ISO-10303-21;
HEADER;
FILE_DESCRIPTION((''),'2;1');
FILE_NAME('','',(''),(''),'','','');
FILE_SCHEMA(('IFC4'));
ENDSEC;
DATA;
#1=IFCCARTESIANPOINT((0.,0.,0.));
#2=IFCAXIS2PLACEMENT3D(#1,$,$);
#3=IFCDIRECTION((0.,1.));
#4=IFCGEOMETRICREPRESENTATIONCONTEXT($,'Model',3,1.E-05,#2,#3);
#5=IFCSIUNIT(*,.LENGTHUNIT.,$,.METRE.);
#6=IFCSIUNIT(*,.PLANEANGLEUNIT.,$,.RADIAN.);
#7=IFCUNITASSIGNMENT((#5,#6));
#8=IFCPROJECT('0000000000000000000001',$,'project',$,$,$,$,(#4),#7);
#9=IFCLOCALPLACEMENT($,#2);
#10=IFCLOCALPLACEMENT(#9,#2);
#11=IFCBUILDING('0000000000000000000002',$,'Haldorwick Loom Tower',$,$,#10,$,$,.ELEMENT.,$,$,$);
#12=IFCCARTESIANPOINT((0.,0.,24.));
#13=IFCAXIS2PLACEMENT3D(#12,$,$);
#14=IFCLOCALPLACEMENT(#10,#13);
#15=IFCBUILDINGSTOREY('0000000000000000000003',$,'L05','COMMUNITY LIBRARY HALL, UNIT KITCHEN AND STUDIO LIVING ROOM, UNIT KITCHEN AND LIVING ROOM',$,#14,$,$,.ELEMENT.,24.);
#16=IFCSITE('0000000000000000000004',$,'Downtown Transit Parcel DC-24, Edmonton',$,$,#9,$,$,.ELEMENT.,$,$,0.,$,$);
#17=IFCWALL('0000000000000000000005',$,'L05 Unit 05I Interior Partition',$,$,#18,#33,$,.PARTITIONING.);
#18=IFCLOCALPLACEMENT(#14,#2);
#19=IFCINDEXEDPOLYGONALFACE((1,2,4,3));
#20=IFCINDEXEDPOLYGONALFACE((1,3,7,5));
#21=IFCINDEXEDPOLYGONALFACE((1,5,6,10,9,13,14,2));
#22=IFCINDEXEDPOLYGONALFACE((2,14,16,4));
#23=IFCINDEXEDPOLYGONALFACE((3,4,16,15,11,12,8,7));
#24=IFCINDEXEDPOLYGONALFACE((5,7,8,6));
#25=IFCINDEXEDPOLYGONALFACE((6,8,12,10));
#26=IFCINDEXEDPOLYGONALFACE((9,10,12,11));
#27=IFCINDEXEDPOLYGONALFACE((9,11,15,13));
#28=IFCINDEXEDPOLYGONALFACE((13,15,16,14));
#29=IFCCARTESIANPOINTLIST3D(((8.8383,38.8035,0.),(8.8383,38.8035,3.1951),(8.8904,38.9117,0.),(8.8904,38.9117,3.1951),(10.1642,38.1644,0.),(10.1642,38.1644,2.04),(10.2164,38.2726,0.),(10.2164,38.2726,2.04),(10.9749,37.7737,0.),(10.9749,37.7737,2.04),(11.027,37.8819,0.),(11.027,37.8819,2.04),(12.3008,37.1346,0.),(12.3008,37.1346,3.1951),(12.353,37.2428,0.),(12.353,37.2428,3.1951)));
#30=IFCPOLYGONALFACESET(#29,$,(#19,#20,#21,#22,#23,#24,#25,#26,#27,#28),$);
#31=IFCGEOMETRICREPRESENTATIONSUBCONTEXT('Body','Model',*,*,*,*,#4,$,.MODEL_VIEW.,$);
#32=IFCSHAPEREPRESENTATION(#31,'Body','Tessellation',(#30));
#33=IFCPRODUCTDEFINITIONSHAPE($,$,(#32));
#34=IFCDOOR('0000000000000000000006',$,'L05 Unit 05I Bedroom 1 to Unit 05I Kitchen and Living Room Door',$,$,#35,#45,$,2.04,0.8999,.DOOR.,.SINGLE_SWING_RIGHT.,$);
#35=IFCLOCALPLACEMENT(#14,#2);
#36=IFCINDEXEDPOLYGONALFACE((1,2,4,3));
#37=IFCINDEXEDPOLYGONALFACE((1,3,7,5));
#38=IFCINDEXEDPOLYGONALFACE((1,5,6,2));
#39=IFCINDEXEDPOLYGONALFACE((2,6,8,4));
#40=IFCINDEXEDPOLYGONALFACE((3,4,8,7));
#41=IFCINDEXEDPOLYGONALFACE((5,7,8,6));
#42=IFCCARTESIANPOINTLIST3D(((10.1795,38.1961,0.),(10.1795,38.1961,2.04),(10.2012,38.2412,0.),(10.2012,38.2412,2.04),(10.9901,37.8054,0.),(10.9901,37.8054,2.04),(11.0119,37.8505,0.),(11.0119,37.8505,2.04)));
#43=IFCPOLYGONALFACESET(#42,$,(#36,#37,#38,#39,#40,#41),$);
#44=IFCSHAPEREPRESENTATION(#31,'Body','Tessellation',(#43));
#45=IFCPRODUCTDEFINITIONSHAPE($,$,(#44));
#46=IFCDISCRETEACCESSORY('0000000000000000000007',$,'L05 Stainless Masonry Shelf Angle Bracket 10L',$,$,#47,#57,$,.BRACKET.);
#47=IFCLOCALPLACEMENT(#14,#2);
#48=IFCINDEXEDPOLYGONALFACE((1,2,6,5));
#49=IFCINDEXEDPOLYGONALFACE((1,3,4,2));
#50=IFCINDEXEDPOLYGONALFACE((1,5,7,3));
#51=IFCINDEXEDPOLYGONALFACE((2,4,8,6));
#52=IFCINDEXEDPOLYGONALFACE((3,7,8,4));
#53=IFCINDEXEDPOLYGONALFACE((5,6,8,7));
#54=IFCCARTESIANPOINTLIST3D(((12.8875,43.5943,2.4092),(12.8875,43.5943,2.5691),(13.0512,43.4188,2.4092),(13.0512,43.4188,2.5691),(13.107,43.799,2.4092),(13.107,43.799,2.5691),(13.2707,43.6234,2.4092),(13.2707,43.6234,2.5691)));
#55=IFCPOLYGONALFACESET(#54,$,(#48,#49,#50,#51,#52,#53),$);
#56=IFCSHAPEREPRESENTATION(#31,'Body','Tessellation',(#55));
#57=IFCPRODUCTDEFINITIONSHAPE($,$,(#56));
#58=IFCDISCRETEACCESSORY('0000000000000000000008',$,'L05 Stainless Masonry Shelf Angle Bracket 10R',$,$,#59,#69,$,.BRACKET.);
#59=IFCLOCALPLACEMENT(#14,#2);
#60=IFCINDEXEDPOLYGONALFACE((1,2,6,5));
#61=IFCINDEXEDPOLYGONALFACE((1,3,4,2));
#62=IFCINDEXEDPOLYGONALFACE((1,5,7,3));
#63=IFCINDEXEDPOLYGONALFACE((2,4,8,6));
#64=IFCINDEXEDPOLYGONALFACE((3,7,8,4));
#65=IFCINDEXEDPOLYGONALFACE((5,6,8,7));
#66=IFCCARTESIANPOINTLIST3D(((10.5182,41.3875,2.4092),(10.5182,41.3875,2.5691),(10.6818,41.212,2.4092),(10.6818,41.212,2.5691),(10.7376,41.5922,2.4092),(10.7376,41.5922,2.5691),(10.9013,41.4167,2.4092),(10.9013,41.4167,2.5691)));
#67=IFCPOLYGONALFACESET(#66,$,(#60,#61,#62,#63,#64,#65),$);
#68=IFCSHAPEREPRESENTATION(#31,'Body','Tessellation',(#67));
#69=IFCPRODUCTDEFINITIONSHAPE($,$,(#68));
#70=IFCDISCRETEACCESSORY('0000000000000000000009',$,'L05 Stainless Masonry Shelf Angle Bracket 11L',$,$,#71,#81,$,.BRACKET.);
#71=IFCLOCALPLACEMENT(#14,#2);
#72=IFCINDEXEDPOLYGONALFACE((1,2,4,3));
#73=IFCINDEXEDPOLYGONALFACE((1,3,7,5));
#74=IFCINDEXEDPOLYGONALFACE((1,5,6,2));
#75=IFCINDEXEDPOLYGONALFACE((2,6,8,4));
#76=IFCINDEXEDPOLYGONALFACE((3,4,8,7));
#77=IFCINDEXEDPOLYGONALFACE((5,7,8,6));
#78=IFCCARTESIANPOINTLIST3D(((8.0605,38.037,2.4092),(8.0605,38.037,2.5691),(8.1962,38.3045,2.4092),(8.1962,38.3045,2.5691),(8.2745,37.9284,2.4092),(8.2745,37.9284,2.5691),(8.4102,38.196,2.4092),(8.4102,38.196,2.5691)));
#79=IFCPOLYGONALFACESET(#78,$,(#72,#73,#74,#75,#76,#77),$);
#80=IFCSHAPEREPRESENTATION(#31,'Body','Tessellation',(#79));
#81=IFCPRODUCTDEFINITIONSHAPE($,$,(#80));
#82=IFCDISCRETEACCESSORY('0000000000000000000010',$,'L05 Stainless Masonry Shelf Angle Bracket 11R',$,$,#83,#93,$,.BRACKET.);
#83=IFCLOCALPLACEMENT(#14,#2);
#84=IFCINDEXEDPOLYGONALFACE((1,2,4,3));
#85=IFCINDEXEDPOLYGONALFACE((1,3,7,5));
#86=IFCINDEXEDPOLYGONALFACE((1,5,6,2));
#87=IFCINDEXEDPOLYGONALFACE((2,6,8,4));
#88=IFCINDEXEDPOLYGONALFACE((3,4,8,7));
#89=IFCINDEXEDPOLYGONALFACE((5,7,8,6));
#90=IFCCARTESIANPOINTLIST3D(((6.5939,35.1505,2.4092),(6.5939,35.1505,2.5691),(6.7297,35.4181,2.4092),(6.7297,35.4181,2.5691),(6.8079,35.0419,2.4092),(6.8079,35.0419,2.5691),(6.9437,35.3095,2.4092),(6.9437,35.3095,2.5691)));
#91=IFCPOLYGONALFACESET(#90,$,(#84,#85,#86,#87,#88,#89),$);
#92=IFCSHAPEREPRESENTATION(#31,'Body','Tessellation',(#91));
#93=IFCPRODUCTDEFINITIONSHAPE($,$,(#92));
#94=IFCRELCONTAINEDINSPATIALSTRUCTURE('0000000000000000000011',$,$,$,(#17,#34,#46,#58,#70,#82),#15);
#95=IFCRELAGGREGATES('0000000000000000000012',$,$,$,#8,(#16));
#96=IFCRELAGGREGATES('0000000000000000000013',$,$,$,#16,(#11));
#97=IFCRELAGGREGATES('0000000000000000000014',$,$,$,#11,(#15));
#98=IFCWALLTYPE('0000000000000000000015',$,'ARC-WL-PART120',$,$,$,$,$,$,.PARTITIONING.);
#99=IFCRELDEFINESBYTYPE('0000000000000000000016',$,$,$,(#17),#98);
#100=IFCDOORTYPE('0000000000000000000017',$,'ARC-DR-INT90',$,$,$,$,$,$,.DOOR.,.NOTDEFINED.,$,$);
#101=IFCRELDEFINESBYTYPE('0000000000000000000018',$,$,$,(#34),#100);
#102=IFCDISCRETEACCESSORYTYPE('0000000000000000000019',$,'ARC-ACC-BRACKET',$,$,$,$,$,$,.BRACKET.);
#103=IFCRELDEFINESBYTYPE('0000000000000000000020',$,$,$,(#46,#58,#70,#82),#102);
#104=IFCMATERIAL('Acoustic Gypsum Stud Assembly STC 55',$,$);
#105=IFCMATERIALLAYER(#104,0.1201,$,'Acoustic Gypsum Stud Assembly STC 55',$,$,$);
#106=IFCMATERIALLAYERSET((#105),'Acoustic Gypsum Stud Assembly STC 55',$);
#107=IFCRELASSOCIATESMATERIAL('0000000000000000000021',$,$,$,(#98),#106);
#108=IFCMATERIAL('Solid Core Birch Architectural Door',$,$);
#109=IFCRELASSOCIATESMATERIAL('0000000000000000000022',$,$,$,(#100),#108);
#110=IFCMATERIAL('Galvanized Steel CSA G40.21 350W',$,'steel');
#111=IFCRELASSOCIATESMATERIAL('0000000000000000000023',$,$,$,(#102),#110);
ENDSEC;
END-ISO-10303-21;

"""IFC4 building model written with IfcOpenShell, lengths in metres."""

from ifc_helpers import new_model, si_unit, direction, frame, frame_2d, origin, origin_2d, place, context, subcontext, project, spatial, rectangle, extrude, material, layer, layer_set, type_object, element, fill, save


model = new_model("IFC4")

# Units and contexts
model_context = context("Model", 3, precision=1e-05, world=origin(), true_north=direction((0.0, 1.0)))
body_context = subcontext(model_context, "Body", "Model", "MODEL_VIEW")
ifc_project = project(units=[si_unit("LENGTHUNIT", "METRE"), si_unit("PLANEANGLEUNIT", "RADIAN")], contexts=[model_context])

# Site, building, storey
site_placement = place(None, origin())
site = spatial("IfcSite", under=ifc_project, at=site_placement, Name="Downtown Transit Parcel DC-24, Edmonton", CompositionType="ELEMENT", RefElevation=0.0)
building_placement = place(site_placement, origin())
building = spatial("IfcBuilding", under=site, at=building_placement, Name="Haldorwick Loom Tower", CompositionType="ELEMENT")
storey_placement = place(building_placement, frame((0.0, 0.0, 24.0)))
storey = spatial("IfcBuildingStorey", under=building, at=storey_placement, Name="L05", Description="COMMUNITY LIBRARY HALL, UNIT KITCHEN AND STUDIO LIVING ROOM, UNIT KITCHEN AND LIVING ROOM", CompositionType="ELEMENT", Elevation=24.0)

# Shared definitions
ifc_material_1 = material(Name="Acoustic Gypsum Stud Assembly STC 55")
ifc_layer_1 = layer(ifc_material_1, 0.1201, Name="Acoustic Gypsum Stud Assembly STC 55")
ifc_layer_set_1 = layer_set([ifc_layer_1], Name="Acoustic Gypsum Stud Assembly STC 55")
wall_type_1 = type_object("IfcWallType", Name="ARC-WL-PART120", PredefinedType="PARTITIONING", material=ifc_layer_set_1)

# Wall, opening, door
wall_1_placement = place(storey_placement, frame((12.3269, 37.1887, 0.0), z_axis=(0.0, 0.0, 1.0), x_axis=(-0.900824, 0.434184, 0.0)))
wall_1 = element("IfcWall", 1, at=wall_1_placement, inside=storey, type_object=wall_type_1, Name="L05 Unit 05I Interior Partition", PredefinedType="PARTITIONING", context=body_context, shape_type="SweptSolid", body=[
    extrude(rectangle(XDim=3.8438, YDim=0.1201, at=frame_2d((1.9219, 0.0))), origin(), (0.0, 0.0, 1.0), 3.1951),
])
opening_placement = place(wall_1_placement, frame((1.4719, 0.0, 0.0)))
opening = element("IfcOpeningElement", 2, at=opening_placement, cuts=wall_1, PredefinedType="OPENING", context=body_context, shape_type="SweptSolid", body=[
    extrude(rectangle(XDim=0.8999, YDim=2.04, at=frame_2d((0.45, 1.02))), frame((0.0, 0.0701, 0.0), z_axis=(0.0, -1.0, 0.0), x_axis=(1.0, 0.0, 0.0)), (0.0, 0.0, 1.0), 0.1401),
])
ifc_material_2 = material(Name="Solid Core Birch Architectural Door")
door_type = type_object("IfcDoorType", Name="ARC-DR-INT90", OperationType="NOTDEFINED", PredefinedType="DOOR", material=ifc_material_2)
door_placement = place(opening_placement, origin())
door = element("IfcDoor", 3, at=door_placement, inside=storey, type_object=door_type, Name="L05 Unit 05I Bedroom 1 to Unit 05I Kitchen and Living Room Door", OperationType="SINGLE_SWING_RIGHT", OverallHeight=2.04, OverallWidth=0.8999, PredefinedType="DOOR", context=body_context, shape_type="SweptSolid", body=[
    extrude(rectangle(XDim=0.8999, YDim=2.04, at=frame_2d((0.45, 1.02))), frame((0.0, 0.0249, 0.0), z_axis=(0.0, -1.0, 0.0), x_axis=(1.0, 0.0, 0.0)), (0.0, 0.0, 1.0), 0.05),
])
fill(opening, door)

# Discrete accessories
ifc_material_3 = material(Name="Galvanized Steel CSA G40.21 350W", Category="steel")
discrete_accessory_type = type_object("IfcDiscreteAccessoryType", Name="ARC-ACC-BRACKET", PredefinedType="BRACKET", material=ifc_material_3)
for number, where, z_axis, x_axis, name in (
    (4, (13.0791, 43.6089, 2.4092), (0.0, 0.0, 1.0), (-0.731354, -0.681998, 0.0), "L05 Stainless Masonry Shelf Angle Bracket 10L"),
    (5, (10.7097, 41.4021, 2.4092), (0.0, 0.0, 1.0), (-0.731354, -0.681998, 0.0), "L05 Stainless Masonry Shelf Angle Bracket 10R"),
    (6, (8.2354, 38.1165, 2.4092), (0.0, 0.0, 1.0), (-0.452435, -0.891798, 0.0), "L05 Stainless Masonry Shelf Angle Bracket 11L"),
    (7, (6.7688, 35.23, 2.4092), (0.0, 0.0, 1.0), (-0.452435, -0.891798, 0.0), "L05 Stainless Masonry Shelf Angle Bracket 11R"),
):
    element("IfcDiscreteAccessory", number, at=place(storey_placement, frame(where, z_axis=z_axis, x_axis=x_axis)), inside=storey, type_object=discrete_accessory_type, Name=name, PredefinedType="BRACKET", context=body_context, shape_type="SweptSolid", body=[
        extrude(rectangle(XDim=0.3, YDim=0.24, at=origin_2d()), origin(), (0.0, 0.0, 1.0), 0.1599),
    ])

save(model, "model.ifc")
